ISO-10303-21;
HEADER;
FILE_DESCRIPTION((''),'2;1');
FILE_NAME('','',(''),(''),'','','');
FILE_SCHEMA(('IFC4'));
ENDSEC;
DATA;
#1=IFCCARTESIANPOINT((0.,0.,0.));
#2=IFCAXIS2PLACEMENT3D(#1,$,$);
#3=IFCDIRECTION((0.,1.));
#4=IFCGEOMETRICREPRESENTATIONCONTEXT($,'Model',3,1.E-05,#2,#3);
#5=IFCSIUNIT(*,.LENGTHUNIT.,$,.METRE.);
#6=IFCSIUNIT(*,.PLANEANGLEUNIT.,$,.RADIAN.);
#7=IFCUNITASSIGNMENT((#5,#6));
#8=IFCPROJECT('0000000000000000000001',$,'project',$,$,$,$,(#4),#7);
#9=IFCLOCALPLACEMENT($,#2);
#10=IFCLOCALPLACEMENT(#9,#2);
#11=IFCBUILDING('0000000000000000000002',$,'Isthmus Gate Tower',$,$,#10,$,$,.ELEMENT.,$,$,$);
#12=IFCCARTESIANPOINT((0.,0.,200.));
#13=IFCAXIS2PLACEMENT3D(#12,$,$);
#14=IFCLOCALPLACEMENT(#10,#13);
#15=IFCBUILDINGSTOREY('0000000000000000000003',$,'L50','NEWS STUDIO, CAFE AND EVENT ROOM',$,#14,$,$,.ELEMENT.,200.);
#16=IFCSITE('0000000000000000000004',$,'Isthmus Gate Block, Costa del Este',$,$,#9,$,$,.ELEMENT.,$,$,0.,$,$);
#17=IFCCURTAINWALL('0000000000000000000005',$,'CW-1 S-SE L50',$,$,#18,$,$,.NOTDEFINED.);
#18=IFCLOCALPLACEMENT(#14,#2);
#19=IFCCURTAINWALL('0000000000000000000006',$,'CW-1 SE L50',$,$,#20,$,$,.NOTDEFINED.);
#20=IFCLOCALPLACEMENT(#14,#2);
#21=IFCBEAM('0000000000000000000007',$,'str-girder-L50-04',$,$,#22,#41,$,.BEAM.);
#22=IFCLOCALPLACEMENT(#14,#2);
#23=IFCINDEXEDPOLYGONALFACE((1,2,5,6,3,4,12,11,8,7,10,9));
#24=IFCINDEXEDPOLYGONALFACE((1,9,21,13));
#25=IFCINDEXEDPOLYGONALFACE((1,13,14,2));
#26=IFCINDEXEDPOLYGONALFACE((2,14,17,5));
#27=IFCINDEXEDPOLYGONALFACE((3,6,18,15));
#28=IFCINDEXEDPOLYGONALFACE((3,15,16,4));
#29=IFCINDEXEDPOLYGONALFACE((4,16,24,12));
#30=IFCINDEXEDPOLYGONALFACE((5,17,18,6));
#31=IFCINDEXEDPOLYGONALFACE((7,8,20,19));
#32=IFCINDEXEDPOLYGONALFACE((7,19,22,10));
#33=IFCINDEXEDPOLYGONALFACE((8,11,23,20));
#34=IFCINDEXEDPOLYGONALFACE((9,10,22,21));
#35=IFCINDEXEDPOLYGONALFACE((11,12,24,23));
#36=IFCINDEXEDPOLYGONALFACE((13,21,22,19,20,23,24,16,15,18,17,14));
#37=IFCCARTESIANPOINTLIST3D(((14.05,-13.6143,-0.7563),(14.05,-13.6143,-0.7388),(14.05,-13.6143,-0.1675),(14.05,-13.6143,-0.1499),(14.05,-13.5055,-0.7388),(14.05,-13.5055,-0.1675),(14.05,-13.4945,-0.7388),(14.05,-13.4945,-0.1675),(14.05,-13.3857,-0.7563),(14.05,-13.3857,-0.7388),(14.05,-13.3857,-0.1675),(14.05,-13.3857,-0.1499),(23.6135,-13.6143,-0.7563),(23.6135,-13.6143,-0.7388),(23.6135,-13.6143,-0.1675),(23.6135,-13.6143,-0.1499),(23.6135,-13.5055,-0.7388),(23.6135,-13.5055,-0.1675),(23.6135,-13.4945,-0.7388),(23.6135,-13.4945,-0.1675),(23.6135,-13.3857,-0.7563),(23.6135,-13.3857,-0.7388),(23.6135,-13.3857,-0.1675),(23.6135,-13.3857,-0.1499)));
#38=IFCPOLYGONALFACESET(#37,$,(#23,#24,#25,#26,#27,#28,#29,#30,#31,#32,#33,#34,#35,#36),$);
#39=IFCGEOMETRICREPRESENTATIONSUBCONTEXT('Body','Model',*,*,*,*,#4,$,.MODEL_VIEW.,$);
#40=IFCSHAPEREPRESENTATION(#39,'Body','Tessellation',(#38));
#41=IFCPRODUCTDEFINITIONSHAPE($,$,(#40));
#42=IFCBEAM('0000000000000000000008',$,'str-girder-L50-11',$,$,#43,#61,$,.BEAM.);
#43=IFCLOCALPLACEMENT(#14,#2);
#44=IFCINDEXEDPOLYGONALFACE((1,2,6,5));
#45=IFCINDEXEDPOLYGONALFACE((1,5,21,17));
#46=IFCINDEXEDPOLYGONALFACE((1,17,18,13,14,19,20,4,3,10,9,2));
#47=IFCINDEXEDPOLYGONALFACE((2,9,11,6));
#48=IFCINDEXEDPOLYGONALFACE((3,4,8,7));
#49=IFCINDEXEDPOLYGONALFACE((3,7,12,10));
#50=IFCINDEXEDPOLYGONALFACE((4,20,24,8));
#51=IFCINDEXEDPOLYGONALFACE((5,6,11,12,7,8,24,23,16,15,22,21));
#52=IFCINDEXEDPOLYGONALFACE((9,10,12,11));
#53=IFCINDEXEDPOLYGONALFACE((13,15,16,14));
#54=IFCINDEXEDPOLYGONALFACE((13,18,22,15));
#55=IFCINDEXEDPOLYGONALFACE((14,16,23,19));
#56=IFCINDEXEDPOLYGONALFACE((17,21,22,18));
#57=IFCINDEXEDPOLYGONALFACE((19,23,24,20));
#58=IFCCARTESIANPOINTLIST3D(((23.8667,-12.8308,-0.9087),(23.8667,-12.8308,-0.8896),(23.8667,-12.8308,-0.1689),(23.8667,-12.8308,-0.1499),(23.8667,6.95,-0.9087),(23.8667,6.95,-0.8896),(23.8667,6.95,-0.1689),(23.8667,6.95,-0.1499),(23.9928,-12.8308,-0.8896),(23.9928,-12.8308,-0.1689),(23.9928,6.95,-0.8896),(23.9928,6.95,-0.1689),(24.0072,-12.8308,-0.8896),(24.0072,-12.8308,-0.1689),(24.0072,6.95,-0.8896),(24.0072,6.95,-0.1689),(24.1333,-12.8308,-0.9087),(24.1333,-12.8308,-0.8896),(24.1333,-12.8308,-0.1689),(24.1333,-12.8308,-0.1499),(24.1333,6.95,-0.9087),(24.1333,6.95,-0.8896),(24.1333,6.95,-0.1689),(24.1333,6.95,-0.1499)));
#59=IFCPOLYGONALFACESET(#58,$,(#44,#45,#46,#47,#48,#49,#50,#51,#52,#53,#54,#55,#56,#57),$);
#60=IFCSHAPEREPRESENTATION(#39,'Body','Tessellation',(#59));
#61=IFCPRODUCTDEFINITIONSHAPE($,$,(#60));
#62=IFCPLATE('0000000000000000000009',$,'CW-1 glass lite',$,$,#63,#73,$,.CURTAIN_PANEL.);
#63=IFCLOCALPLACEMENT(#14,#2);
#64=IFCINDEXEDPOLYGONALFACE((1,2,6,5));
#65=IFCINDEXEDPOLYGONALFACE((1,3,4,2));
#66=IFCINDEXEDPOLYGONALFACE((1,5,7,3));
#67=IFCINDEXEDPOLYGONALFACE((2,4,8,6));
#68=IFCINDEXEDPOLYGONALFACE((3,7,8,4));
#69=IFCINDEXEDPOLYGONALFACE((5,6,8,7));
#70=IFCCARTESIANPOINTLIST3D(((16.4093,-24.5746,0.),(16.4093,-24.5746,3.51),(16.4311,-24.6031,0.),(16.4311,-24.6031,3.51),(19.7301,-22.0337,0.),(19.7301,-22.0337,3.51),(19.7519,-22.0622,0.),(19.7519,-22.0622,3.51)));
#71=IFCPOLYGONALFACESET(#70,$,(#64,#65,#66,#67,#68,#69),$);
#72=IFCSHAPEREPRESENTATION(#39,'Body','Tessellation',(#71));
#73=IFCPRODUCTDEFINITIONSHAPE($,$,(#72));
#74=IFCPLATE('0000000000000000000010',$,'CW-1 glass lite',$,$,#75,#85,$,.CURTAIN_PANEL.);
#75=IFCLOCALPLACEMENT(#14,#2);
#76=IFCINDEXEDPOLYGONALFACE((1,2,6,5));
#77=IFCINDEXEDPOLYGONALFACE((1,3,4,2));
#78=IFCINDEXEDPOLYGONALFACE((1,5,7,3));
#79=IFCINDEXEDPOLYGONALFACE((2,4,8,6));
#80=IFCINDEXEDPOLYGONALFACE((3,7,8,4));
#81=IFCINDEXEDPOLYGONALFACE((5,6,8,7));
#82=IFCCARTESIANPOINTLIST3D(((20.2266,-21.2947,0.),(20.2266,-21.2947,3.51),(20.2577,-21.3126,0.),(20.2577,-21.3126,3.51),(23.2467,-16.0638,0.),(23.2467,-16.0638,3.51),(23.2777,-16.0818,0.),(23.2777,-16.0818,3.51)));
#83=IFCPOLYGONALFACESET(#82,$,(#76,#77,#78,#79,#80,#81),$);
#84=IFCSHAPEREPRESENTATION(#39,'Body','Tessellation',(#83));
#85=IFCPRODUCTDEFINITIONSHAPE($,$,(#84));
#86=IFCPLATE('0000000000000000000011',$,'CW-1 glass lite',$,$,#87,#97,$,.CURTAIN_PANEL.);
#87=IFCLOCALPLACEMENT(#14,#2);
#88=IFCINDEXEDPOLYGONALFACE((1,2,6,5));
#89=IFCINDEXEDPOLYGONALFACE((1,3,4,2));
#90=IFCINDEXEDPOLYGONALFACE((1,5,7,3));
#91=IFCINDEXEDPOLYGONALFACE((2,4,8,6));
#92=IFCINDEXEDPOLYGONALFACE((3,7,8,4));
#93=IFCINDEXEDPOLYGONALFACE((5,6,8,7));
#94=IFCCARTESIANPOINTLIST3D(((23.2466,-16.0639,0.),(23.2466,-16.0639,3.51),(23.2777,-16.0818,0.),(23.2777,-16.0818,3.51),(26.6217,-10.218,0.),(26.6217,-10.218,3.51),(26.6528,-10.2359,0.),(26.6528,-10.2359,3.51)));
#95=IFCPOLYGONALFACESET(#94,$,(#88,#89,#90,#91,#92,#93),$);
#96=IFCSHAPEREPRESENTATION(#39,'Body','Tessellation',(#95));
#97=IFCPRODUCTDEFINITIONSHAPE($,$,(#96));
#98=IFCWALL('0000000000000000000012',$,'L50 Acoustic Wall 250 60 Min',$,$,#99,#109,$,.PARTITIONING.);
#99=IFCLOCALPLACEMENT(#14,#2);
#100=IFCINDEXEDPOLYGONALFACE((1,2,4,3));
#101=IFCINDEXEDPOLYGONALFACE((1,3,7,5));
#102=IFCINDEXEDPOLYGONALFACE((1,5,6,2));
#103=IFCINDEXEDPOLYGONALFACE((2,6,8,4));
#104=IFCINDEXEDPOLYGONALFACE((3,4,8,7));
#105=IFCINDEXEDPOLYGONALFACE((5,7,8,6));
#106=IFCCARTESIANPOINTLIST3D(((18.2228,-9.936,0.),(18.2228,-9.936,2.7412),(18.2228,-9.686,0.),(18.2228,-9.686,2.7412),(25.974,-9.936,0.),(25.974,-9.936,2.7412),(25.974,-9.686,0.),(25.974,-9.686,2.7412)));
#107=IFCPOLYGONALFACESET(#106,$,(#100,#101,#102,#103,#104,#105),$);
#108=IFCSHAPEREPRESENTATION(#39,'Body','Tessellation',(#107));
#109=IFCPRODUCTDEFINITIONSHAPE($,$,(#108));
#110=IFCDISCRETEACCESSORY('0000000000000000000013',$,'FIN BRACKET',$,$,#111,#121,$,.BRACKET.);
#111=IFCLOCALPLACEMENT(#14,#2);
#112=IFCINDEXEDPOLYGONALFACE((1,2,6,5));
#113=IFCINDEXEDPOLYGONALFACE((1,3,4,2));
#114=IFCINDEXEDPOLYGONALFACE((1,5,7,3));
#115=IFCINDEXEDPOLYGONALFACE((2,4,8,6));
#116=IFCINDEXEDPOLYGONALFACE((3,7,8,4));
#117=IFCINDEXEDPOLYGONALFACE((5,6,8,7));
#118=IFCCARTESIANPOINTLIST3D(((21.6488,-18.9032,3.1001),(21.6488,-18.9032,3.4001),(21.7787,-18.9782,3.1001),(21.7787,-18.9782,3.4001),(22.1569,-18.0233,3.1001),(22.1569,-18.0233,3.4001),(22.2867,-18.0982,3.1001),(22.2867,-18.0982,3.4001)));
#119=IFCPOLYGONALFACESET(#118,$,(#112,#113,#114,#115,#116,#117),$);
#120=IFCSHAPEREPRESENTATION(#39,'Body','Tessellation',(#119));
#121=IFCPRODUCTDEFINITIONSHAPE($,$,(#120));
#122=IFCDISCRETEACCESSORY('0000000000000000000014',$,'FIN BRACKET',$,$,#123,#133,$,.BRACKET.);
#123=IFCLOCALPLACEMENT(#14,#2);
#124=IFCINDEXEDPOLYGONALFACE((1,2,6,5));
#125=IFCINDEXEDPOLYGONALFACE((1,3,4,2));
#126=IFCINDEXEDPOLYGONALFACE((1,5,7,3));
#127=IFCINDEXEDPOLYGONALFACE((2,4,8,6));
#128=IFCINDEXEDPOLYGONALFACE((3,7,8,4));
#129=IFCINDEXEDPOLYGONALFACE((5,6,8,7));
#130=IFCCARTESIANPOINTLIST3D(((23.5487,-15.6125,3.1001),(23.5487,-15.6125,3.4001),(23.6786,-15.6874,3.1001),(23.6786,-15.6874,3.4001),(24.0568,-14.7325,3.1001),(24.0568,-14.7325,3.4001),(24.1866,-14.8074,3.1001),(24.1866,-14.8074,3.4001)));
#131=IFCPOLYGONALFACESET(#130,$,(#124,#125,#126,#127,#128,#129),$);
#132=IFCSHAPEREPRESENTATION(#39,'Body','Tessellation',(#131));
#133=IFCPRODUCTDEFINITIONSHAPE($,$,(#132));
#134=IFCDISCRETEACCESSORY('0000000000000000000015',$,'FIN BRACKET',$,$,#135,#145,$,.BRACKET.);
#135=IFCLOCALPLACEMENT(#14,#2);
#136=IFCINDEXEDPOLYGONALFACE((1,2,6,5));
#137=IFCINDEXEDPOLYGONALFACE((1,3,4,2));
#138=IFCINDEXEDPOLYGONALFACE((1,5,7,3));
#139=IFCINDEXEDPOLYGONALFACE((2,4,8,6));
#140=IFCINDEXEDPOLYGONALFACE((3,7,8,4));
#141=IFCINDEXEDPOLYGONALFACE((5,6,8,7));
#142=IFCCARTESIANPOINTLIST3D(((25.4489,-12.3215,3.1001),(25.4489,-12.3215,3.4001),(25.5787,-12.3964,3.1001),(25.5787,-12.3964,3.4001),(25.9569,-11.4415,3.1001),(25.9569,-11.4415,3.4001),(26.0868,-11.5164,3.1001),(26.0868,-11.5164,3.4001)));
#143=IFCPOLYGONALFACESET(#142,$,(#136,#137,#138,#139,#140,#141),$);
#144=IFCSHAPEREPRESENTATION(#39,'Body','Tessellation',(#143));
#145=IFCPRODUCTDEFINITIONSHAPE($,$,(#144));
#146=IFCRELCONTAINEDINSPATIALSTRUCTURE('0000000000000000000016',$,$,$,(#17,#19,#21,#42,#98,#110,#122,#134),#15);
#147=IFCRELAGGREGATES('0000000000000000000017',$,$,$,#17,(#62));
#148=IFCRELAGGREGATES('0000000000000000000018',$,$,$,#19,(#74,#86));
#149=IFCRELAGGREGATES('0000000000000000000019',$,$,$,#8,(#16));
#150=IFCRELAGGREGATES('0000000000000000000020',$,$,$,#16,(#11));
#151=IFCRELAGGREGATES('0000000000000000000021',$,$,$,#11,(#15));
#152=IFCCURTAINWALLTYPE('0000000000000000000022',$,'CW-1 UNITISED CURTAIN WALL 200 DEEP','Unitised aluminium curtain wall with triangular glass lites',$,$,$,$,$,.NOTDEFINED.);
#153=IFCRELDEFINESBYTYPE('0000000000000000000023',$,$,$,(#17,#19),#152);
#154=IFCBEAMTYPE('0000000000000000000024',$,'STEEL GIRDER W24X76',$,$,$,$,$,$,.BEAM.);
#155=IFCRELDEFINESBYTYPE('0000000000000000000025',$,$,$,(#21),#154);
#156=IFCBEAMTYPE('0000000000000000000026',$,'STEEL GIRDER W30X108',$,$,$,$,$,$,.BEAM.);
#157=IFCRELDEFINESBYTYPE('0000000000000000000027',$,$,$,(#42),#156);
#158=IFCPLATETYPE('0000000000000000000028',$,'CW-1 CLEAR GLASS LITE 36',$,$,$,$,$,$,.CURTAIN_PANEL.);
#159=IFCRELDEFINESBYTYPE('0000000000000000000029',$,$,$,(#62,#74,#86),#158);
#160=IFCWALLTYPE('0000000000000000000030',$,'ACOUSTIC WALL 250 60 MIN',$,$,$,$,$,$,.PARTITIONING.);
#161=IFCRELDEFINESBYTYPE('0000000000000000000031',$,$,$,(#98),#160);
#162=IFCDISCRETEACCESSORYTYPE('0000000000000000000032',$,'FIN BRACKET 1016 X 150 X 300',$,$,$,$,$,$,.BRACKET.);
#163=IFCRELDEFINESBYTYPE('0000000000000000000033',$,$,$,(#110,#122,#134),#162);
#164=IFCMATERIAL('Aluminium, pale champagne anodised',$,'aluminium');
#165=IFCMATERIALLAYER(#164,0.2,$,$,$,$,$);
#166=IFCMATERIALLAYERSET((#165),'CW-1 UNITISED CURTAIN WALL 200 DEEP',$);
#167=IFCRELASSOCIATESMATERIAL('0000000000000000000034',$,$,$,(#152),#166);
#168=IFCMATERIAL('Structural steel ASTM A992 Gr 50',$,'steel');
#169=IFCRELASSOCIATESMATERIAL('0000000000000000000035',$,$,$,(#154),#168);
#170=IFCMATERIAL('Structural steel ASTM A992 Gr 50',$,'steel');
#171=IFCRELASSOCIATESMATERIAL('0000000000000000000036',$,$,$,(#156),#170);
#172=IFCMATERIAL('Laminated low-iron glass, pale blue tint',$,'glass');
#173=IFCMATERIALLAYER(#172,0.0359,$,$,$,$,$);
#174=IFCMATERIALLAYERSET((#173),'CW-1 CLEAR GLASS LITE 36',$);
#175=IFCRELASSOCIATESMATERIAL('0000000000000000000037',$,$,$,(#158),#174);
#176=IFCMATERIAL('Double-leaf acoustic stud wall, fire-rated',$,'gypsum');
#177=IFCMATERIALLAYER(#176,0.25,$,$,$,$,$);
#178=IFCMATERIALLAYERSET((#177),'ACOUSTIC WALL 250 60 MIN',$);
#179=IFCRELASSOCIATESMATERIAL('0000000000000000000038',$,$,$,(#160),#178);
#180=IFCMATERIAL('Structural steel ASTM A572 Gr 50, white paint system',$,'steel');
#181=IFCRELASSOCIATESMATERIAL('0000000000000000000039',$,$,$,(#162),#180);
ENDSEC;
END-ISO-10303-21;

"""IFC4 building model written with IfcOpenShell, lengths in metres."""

from ifc_helpers import new_model, si_unit, direction, frame, frame_2d, origin, origin_2d, place, context, subcontext, project, spatial, rectangle, i_section, extrude, material, layer, layer_set, material_profile, profile_set, type_object, element, aggregate, save


model = new_model("IFC4")

# Units and contexts
model_context = context("Model", 3, precision=1e-05, world=origin(), true_north=direction((0.0, 1.0)))
body_context = subcontext(model_context, "Body", "Model", "MODEL_VIEW")
ifc_project = project(units=[si_unit("LENGTHUNIT", "METRE"), si_unit("PLANEANGLEUNIT", "RADIAN")], contexts=[model_context])

# Site, building, storey
site_placement = place(None, origin())
site = spatial("IfcSite", under=ifc_project, at=site_placement, Name="Isthmus Gate Block, Costa del Este", CompositionType="ELEMENT", RefElevation=0.0)
building_placement = place(site_placement, origin())
building = spatial("IfcBuilding", under=site, at=building_placement, Name="Isthmus Gate Tower", CompositionType="ELEMENT")
storey_placement = place(building_placement, frame((0.0, 0.0, 200.0)))
storey = spatial("IfcBuildingStorey", under=building, at=storey_placement, Name="L50", Description="NEWS STUDIO, CAFE AND EVENT ROOM", CompositionType="ELEMENT", Elevation=200.0)

# Curtain wall
ifc_material_1 = material(Name="Aluminium, pale champagne anodised", Category="aluminium")
ifc_layer_1 = layer(ifc_material_1, 0.2)
ifc_layer_set_1 = layer_set([ifc_layer_1], Name="CW-1 UNITISED CURTAIN WALL 200 DEEP")
curtain_wall_type = type_object("IfcCurtainWallType", Name="CW-1 UNITISED CURTAIN WALL 200 DEEP", Description="Unitised aluminium curtain wall with triangular glass lites", PredefinedType="NOTDEFINED", material=ifc_layer_set_1)
curtain_wall_1_placement = place(storey_placement, origin())
curtain_wall_1 = element("IfcCurtainWall", 1, at=curtain_wall_1_placement, inside=storey, type_object=curtain_wall_type, Name="CW-1 S-SE L50", PredefinedType="NOTDEFINED")

# Curtain wall
curtain_wall_2_placement = place(storey_placement, origin())
curtain_wall_2 = element("IfcCurtainWall", 2, at=curtain_wall_2_placement, inside=storey, type_object=curtain_wall_type, Name="CW-1 SE L50", PredefinedType="NOTDEFINED")

# Beams
ifc_material_2 = material(Name="Structural steel ASTM A992 Gr 50", Category="steel")
ifc_material_profile_1 = material_profile(ifc_material_2, i_section(OverallWidth=0.2285, OverallDepth=0.6064, WebThickness=0.011, FlangeThickness=0.0176, at=origin_2d()), Name="W24X76")
ifc_profile_set_1 = profile_set([ifc_material_profile_1], Name="Structural steel ASTM A992 Gr 50")
beam_type_1 = type_object("IfcBeamType", Name="STEEL GIRDER W24X76", PredefinedType="BEAM", material=ifc_profile_set_1)
beam_1_placement = place(storey_placement, frame((14.05, -13.5, -0.4531), z_axis=(1.0, 0.0, 0.0), x_axis=(0.0, 1.0, 0.0)))
element("IfcBeam", 3, at=beam_1_placement, inside=storey, type_object=beam_type_1, Name="str-girder-L50-04", PredefinedType="BEAM", context=body_context, shape_type="SweptSolid", body=[
    extrude(i_section(OverallWidth=0.2285, OverallDepth=0.6064, WebThickness=0.011, FlangeThickness=0.0176, at=origin_2d()), origin(), (0.0, 0.0, 1.0), 9.5635),
])
ifc_material_3 = material(Name="Structural steel ASTM A992 Gr 50", Category="steel")
ifc_material_profile_2 = material_profile(ifc_material_3, i_section(OverallWidth=0.2666, OverallDepth=0.7588, WebThickness=0.0144, FlangeThickness=0.019, at=origin_2d()), Name="W30X108")
ifc_profile_set_2 = profile_set([ifc_material_profile_2], Name="Structural steel ASTM A992 Gr 50")
beam_type_2 = type_object("IfcBeamType", Name="STEEL GIRDER W30X108", PredefinedType="BEAM", material=ifc_profile_set_2)
beam_2_placement = place(storey_placement, frame((24.0, -12.8308, -0.5293), z_axis=(0.0, 1.0, 0.0), x_axis=(-1.0, 0.0, 0.0)))
element("IfcBeam", 4, at=beam_2_placement, inside=storey, type_object=beam_type_2, Name="str-girder-L50-11", PredefinedType="BEAM", context=body_context, shape_type="SweptSolid", body=[
    extrude(i_section(OverallWidth=0.2666, OverallDepth=0.7588, WebThickness=0.0144, FlangeThickness=0.019, at=origin_2d()), origin(), (0.0, 0.0, 1.0), 19.7808),
])

# Plates
ifc_material_4 = material(Name="Laminated low-iron glass, pale blue tint", Category="glass")
ifc_layer_2 = layer(ifc_material_4, 0.0359)
ifc_layer_set_2 = layer_set([ifc_layer_2], Name="CW-1 CLEAR GLASS LITE 36")
plate_type = type_object("IfcPlateType", Name="CW-1 CLEAR GLASS LITE 36", PredefinedType="CURTAIN_PANEL", material=ifc_layer_set_2)
plate_1_placement = place(storey_placement, frame((18.0806, -23.3184, 0.0), z_axis=(0.0, 0.0, 1.0), x_axis=(0.794189, 0.607671, 0.0)))
plate_1 = element("IfcPlate", 5, at=plate_1_placement, type_object=plate_type, Name="CW-1 glass lite", PredefinedType="CURTAIN_PANEL", context=body_context, shape_type="SweptSolid", body=[
    extrude(rectangle(XDim=4.1814, YDim=0.0359, at=origin_2d()), origin(), (0.0, 0.0, 1.0), 3.51),
])
aggregate(curtain_wall_1, [plate_1])
plate_2_placement = place(storey_placement, frame((21.7522, -18.6882, 0.0), z_axis=(0.0, 0.0, 1.0), x_axis=(0.5, 0.866025, 0.0)))
plate_2 = element("IfcPlate", 6, at=plate_2_placement, type_object=plate_type, Name="CW-1 glass lite", PredefinedType="CURTAIN_PANEL", context=body_context, shape_type="SweptSolid", body=[
    extrude(rectangle(XDim=6.04, YDim=0.0359, at=origin_2d()), origin(), (0.0, 0.0, 1.0), 3.51),
])
plate_3_placement = place(storey_placement, frame((24.9497, -13.1499, 0.0), z_axis=(0.0, 0.0, 1.0), x_axis=(0.5, 0.866025, 0.0)))
plate_3 = element("IfcPlate", 7, at=plate_3_placement, type_object=plate_type, Name="CW-1 glass lite", PredefinedType="CURTAIN_PANEL", context=body_context, shape_type="SweptSolid", body=[
    extrude(rectangle(XDim=6.7502, YDim=0.0359, at=origin_2d()), origin(), (0.0, 0.0, 1.0), 3.51),
])
aggregate(curtain_wall_2, [plate_2, plate_3])

# Wall
ifc_material_5 = material(Name="Double-leaf acoustic stud wall, fire-rated", Category="gypsum")
ifc_layer_3 = layer(ifc_material_5, 0.25)
ifc_layer_set_3 = layer_set([ifc_layer_3], Name="ACOUSTIC WALL 250 60 MIN")
wall_type = type_object("IfcWallType", Name="ACOUSTIC WALL 250 60 MIN", PredefinedType="PARTITIONING", material=ifc_layer_set_3)
wall_placement = place(storey_placement, frame((18.2229, -9.811, 0.0), z_axis=(0.0, 0.0, 1.0), x_axis=(1.0, 0.0, 0.0)))
element("IfcWall", 8, at=wall_placement, inside=storey, type_object=wall_type, Name="L50 Acoustic Wall 250 60 Min", PredefinedType="PARTITIONING", context=body_context, shape_type="SweptSolid", body=[
    extrude(rectangle(XDim=7.7512, YDim=0.25, at=frame_2d((3.8755, 0.0))), origin(), (0.0, 0.0, 1.0), 2.7412),
])

# Discrete accessories
ifc_material_6 = material(Name="Structural steel ASTM A572 Gr 50, white paint system", Category="steel")
discrete_accessory_type = type_object("IfcDiscreteAccessoryType", Name="FIN BRACKET 1016 X 150 X 300", PredefinedType="BRACKET", material=ifc_material_6)
for number, where, z_axis, x_axis, name in (
    (9, (21.9678, -18.5007, 3.1001), (0.0, 0.0, 1.0), (0.866025, -0.5, 0.0), "FIN BRACKET"),
    (10, (23.8677, -15.21, 3.1001), (0.0, 0.0, 1.0), (0.866025, -0.5, 0.0), "FIN BRACKET"),
    (11, (25.7678, -11.9189, 3.1001), (0.0, 0.0, 1.0), (0.866025, -0.5, 0.0), "FIN BRACKET"),
):
    element("IfcDiscreteAccessory", number, at=place(storey_placement, frame(where, z_axis=z_axis, x_axis=x_axis)), inside=storey, type_object=discrete_accessory_type, Name=name, PredefinedType="BRACKET", context=body_context, shape_type="SweptSolid", body=[
        extrude(rectangle(XDim=0.1499, YDim=1.0161, at=origin_2d()), origin(), (0.0, 0.0, 1.0), 0.3),
    ])

save(model, "model.ifc")
